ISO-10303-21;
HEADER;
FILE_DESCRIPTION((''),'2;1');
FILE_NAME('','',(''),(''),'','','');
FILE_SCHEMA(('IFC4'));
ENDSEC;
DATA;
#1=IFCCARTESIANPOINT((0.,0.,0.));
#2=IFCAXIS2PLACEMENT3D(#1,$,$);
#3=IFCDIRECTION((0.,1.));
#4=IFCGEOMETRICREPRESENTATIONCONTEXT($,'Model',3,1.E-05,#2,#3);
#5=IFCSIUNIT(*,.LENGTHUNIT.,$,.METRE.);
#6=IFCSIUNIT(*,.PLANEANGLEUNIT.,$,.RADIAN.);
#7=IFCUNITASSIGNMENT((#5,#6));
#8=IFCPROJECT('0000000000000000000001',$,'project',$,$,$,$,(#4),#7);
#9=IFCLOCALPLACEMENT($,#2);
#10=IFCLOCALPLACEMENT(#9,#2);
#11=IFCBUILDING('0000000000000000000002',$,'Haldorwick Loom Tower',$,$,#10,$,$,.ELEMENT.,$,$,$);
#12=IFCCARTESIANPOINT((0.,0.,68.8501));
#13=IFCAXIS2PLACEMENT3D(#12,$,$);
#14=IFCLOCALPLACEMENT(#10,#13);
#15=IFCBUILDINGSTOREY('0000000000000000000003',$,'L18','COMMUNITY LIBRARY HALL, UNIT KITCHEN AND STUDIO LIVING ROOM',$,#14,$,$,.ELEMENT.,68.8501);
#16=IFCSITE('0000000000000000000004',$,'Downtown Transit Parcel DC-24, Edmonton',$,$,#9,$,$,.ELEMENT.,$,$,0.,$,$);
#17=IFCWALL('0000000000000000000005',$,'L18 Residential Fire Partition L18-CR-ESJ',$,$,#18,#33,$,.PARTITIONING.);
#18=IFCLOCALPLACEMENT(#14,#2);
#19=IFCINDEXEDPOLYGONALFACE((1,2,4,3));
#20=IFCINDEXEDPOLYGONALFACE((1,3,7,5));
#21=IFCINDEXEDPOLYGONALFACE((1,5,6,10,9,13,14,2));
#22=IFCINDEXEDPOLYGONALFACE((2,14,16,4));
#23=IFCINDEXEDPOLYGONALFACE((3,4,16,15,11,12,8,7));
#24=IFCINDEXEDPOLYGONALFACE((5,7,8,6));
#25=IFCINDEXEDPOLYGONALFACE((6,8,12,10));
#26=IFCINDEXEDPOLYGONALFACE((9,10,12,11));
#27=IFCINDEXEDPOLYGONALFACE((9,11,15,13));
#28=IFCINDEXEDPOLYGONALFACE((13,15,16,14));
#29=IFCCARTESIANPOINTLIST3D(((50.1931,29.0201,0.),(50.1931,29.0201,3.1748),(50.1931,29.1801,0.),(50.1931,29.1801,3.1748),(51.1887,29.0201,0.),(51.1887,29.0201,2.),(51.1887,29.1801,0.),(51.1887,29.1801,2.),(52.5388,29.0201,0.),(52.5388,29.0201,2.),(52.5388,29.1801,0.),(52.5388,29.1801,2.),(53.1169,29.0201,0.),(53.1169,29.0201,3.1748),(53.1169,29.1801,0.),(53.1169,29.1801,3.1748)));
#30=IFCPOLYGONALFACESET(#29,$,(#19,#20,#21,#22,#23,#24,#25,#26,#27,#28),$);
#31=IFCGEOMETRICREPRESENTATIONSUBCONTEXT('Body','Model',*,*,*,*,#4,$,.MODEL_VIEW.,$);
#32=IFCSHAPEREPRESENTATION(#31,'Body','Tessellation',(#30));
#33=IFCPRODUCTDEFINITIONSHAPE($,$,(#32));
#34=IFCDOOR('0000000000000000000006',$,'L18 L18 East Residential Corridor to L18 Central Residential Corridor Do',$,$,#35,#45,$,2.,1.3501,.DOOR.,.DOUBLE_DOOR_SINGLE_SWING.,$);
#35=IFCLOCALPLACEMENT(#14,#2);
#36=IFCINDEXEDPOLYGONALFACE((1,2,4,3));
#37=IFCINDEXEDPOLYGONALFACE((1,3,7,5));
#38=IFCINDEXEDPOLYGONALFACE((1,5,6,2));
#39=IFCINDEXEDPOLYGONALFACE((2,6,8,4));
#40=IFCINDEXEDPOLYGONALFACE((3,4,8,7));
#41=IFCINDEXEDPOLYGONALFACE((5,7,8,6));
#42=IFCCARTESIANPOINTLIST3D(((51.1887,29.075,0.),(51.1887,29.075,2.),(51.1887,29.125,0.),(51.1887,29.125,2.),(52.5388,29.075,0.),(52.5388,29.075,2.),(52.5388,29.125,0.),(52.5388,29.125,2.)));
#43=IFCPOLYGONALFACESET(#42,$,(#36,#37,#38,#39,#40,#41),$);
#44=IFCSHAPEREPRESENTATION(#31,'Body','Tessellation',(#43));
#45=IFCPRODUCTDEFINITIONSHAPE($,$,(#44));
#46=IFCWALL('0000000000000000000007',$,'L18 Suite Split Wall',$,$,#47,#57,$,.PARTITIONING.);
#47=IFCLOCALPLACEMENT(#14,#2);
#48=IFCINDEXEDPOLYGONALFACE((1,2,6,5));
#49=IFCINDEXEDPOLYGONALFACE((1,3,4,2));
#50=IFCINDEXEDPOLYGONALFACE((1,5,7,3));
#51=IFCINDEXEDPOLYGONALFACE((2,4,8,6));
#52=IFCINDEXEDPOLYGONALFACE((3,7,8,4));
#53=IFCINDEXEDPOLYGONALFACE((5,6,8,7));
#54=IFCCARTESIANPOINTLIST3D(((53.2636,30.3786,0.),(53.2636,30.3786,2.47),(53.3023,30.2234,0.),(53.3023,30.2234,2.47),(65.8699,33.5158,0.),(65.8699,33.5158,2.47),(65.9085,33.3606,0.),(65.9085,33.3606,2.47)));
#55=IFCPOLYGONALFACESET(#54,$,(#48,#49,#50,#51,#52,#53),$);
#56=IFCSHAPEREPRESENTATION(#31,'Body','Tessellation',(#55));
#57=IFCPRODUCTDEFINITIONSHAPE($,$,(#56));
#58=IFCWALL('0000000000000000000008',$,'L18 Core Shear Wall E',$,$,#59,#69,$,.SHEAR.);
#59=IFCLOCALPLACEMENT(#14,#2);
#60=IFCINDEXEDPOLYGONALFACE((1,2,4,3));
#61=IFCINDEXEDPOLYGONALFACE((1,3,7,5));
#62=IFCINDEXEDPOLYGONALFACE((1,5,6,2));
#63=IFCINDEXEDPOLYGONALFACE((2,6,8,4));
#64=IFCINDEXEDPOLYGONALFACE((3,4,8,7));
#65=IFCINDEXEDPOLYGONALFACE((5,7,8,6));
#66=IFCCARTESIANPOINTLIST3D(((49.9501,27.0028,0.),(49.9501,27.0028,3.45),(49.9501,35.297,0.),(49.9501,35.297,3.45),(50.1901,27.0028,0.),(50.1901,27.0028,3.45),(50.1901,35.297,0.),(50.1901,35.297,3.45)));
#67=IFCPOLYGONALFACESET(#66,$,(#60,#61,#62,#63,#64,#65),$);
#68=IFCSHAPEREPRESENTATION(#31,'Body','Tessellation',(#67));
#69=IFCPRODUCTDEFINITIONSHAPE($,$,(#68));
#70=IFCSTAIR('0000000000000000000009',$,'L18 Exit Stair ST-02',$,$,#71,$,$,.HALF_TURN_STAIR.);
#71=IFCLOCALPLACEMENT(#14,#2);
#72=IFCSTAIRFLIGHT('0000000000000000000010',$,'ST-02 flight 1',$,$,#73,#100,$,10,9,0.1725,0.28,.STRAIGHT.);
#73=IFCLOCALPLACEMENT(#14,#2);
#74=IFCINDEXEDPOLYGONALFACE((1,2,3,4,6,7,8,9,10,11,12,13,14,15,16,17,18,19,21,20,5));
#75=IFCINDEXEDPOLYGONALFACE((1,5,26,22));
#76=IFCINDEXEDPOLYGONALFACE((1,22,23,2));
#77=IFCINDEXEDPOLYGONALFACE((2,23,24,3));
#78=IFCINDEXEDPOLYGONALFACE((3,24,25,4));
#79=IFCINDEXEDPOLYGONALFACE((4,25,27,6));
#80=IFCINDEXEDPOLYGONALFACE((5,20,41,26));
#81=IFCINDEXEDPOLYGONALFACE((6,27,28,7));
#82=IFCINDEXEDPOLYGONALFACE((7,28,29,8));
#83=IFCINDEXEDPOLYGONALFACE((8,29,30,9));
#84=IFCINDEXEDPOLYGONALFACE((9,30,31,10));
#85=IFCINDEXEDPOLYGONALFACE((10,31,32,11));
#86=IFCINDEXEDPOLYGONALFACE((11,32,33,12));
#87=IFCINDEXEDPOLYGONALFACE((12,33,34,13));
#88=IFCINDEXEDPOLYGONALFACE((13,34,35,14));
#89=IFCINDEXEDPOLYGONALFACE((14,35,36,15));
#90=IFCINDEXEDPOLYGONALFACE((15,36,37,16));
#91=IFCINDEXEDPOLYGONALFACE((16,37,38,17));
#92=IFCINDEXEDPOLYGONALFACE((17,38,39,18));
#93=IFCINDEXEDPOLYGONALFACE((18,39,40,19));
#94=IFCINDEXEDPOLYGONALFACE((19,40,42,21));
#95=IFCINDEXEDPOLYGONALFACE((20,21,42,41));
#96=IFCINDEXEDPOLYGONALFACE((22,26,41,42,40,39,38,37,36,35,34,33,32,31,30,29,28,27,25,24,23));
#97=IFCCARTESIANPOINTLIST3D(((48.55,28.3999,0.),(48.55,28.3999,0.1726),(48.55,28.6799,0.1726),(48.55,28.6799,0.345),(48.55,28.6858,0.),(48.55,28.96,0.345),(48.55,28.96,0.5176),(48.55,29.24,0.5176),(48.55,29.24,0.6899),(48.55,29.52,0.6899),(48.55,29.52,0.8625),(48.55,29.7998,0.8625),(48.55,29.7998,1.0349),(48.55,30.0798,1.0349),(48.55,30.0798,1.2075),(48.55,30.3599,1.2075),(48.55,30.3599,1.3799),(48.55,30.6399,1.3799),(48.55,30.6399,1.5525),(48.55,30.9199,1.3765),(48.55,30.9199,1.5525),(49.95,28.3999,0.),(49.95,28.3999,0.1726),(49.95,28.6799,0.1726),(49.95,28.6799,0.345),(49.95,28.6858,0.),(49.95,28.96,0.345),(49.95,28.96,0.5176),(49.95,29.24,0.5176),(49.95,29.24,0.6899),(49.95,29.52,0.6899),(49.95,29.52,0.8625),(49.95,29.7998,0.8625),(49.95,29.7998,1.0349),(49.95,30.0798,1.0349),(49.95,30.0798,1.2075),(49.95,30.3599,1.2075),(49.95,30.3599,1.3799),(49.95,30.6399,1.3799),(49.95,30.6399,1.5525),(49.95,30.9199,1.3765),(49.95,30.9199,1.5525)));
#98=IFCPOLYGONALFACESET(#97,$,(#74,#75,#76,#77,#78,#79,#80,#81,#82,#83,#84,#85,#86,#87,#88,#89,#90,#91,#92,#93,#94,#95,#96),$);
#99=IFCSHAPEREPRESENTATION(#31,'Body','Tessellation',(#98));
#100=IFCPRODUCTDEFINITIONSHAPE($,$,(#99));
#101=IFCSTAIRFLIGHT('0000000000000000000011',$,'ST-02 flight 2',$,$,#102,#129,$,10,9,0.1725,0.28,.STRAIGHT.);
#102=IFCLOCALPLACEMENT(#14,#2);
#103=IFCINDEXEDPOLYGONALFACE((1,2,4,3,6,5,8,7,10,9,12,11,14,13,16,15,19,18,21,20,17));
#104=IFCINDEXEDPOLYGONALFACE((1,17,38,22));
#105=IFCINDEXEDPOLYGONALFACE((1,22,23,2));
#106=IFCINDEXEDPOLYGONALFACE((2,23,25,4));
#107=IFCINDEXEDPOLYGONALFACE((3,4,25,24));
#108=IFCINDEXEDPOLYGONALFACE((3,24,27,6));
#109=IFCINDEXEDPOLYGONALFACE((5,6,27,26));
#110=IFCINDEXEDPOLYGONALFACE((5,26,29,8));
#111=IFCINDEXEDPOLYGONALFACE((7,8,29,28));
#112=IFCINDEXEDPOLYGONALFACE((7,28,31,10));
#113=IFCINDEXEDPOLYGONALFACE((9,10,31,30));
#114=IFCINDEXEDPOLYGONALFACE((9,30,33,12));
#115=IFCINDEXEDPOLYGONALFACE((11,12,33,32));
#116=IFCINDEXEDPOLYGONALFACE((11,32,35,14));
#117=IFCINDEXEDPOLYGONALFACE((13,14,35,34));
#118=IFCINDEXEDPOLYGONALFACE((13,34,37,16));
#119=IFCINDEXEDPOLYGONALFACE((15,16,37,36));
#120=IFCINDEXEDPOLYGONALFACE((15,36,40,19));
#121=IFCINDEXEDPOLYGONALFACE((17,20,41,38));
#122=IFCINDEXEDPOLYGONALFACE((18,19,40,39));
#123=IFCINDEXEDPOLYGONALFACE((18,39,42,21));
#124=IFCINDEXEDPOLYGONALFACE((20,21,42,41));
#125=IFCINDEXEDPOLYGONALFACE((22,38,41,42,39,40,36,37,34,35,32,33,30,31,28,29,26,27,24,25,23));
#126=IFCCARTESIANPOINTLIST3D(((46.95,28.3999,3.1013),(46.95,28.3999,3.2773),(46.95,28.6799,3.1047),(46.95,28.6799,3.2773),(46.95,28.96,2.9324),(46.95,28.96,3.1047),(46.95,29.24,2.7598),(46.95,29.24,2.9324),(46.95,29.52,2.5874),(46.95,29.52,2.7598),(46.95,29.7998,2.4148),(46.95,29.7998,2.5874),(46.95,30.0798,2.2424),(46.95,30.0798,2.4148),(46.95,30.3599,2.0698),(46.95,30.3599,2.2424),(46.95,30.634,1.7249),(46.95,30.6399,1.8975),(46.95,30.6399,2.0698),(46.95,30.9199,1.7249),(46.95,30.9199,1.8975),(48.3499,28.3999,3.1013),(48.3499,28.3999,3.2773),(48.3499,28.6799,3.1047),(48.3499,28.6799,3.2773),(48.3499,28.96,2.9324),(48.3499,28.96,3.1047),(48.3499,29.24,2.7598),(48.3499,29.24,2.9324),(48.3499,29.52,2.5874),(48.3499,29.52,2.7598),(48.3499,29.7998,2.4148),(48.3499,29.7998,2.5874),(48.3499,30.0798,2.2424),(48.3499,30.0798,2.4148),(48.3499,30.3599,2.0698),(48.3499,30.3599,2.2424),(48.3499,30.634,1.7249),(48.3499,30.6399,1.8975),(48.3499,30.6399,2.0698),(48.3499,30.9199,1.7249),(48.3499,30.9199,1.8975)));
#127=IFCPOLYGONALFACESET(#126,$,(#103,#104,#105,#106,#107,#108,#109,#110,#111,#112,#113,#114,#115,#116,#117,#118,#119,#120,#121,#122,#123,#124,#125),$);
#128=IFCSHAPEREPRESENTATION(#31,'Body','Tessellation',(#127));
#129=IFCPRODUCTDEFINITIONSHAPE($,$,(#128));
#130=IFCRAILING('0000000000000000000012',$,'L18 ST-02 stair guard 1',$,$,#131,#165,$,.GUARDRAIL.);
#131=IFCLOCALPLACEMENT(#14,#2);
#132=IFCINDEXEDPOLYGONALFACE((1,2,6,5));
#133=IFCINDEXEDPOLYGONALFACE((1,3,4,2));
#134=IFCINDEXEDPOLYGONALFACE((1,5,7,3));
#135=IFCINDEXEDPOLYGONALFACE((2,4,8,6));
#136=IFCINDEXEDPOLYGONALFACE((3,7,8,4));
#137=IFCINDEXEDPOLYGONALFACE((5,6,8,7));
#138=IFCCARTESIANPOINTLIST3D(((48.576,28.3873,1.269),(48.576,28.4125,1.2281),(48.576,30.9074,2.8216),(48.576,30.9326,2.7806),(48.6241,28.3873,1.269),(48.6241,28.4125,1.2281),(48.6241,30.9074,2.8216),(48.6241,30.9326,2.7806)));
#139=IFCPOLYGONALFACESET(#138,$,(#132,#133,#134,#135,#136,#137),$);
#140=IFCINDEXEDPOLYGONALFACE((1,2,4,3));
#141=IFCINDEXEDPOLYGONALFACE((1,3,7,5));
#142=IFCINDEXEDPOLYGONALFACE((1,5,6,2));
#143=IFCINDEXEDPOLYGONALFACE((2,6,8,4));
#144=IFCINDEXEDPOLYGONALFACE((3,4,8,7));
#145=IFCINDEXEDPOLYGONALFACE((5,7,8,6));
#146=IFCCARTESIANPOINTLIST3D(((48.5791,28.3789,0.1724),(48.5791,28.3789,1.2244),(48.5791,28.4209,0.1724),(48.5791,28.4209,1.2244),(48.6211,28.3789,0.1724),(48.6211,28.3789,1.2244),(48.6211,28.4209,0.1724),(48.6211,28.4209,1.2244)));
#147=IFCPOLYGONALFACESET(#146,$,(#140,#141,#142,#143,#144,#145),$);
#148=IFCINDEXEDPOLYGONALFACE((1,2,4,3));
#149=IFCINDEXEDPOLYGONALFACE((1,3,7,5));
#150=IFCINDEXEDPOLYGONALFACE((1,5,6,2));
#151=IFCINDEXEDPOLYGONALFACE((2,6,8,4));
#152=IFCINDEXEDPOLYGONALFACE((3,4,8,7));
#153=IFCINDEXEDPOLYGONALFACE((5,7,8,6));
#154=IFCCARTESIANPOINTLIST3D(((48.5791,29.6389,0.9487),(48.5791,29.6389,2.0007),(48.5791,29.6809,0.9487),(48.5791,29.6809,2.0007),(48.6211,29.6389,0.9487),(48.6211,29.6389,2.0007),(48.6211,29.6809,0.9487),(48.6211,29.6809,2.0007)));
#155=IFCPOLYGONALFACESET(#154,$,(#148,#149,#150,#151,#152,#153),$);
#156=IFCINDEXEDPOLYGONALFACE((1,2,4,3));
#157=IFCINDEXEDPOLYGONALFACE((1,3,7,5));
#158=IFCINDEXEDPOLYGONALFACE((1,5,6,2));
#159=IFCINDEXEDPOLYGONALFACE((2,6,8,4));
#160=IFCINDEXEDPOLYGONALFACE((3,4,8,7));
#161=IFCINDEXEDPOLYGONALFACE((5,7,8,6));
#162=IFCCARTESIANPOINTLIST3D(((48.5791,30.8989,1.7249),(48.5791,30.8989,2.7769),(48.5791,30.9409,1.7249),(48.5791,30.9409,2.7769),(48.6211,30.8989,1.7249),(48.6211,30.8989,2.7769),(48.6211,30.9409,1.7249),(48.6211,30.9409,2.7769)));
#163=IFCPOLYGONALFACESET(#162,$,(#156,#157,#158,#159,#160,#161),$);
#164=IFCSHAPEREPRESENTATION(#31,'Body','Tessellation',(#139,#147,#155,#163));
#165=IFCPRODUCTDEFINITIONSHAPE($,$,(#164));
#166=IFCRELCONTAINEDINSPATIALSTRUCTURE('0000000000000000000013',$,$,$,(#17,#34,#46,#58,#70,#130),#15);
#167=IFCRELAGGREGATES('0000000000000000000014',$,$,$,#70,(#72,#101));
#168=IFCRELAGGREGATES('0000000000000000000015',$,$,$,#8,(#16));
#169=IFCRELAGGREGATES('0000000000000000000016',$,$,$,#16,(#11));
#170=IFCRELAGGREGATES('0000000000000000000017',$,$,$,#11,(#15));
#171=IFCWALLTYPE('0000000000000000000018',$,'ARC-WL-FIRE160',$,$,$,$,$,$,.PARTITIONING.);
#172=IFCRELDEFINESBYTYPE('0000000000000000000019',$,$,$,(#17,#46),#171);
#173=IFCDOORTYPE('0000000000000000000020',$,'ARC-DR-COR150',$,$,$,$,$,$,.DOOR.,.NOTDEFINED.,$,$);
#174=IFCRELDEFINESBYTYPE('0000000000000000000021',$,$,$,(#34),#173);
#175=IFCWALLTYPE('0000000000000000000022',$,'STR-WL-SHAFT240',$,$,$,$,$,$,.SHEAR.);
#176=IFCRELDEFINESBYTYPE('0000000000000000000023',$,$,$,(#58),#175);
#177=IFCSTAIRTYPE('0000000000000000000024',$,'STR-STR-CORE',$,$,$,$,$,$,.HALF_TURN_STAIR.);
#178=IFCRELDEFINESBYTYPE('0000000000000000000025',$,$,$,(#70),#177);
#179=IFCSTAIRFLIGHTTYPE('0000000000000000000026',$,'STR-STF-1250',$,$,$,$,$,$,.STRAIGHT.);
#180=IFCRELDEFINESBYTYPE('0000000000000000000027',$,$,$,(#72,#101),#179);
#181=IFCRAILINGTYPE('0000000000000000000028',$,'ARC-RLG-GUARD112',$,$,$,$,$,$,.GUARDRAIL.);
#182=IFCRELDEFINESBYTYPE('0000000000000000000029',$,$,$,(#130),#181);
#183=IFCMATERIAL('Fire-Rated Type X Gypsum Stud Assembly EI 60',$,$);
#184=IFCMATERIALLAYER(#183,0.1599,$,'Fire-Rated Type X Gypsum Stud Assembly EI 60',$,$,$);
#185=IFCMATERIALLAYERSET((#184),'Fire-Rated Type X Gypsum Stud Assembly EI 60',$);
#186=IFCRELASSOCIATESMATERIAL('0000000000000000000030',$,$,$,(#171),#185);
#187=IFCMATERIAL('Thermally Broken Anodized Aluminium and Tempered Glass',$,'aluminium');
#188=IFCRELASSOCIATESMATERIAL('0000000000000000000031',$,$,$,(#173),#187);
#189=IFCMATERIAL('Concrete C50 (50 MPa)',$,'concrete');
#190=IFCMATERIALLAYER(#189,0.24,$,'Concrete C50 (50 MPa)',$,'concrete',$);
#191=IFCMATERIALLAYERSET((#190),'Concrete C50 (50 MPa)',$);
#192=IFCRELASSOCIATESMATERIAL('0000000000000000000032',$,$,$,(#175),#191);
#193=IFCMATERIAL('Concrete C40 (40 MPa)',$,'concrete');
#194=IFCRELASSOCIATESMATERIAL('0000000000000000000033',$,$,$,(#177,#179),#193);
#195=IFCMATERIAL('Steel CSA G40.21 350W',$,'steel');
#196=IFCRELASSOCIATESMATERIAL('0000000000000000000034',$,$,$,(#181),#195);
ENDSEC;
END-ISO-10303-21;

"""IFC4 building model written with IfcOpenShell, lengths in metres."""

from ifc_helpers import new_model, si_unit, direction, frame, frame_2d, origin, origin_2d, place, context, subcontext, project, spatial, polyline, rectangle, outline, extrude, material, layer, layer_set, type_object, element, fill, aggregate, save


model = new_model("IFC4")

# Units and contexts
model_context = context("Model", 3, precision=1e-05, world=origin(), true_north=direction((0.0, 1.0)))
body_context = subcontext(model_context, "Body", "Model", "MODEL_VIEW")
ifc_project = project(units=[si_unit("LENGTHUNIT", "METRE"), si_unit("PLANEANGLEUNIT", "RADIAN")], contexts=[model_context])

# Site, building, storey
site_placement = place(None, origin())
site = spatial("IfcSite", under=ifc_project, at=site_placement, Name="Downtown Transit Parcel DC-24, Edmonton", CompositionType="ELEMENT", RefElevation=0.0)
building_placement = place(site_placement, origin())
building = spatial("IfcBuilding", under=site, at=building_placement, Name="Haldorwick Loom Tower", CompositionType="ELEMENT")
storey_placement = place(building_placement, frame((0.0, 0.0, 68.8501)))
storey = spatial("IfcBuildingStorey", under=building, at=storey_placement, Name="L18", Description="COMMUNITY LIBRARY HALL, UNIT KITCHEN AND STUDIO LIVING ROOM", CompositionType="ELEMENT", Elevation=68.8501)

# Shared definitions
ifc_material_1 = material(Name="Steel CSA G40.21 350W", Category="steel")

# Wall, opening, door
ifc_material_2 = material(Name="Fire-Rated Type X Gypsum Stud Assembly EI 60")
ifc_layer_1 = layer(ifc_material_2, 0.1599, Name="Fire-Rated Type X Gypsum Stud Assembly EI 60")
ifc_layer_set_1 = layer_set([ifc_layer_1], Name="Fire-Rated Type X Gypsum Stud Assembly EI 60")
wall_type_1 = type_object("IfcWallType", Name="ARC-WL-FIRE160", PredefinedType="PARTITIONING", material=ifc_layer_set_1)
wall_1_placement = place(storey_placement, frame((50.1931, 29.1001, 0.0), z_axis=(0.0, 0.0, 1.0), x_axis=(1.0, 0.0, 0.0)))
wall_1 = element("IfcWall", 1, at=wall_1_placement, inside=storey, type_object=wall_type_1, Name="L18 Residential Fire Partition L18-CR-ESJ", PredefinedType="PARTITIONING", context=body_context, shape_type="SweptSolid", body=[
    extrude(rectangle(XDim=2.9238, YDim=0.1599, at=frame_2d((1.4619, 0.0))), origin(), (0.0, 0.0, 1.0), 3.1748),
])
opening_1_placement = place(wall_1_placement, frame((0.9956, 0.0, 0.0)))
opening_1 = element("IfcOpeningElement", 2, at=opening_1_placement, cuts=wall_1, PredefinedType="OPENING", context=body_context, shape_type="SweptSolid", body=[
    extrude(rectangle(XDim=1.3501, YDim=2.0, at=frame_2d((0.675, 1.0))), frame((0.0, 0.0898, 0.0), z_axis=(0.0, -1.0, 0.0), x_axis=(1.0, 0.0, 0.0)), (0.0, 0.0, 1.0), 0.1799),
])
ifc_material_3 = material(Name="Thermally Broken Anodized Aluminium and Tempered Glass", Category="aluminium")
door_type_1 = type_object("IfcDoorType", Name="ARC-DR-COR150", OperationType="NOTDEFINED", PredefinedType="DOOR", material=ifc_material_3)
door_1_placement = place(opening_1_placement, origin())
door_1 = element("IfcDoor", 3, at=door_1_placement, inside=storey, type_object=door_type_1, Name="L18 L18 East Residential Corridor to L18 Central Residential Corridor Do", OperationType="DOUBLE_DOOR_SINGLE_SWING", OverallHeight=2.0, OverallWidth=1.3501, PredefinedType="DOOR", context=body_context, shape_type="SweptSolid", body=[
    extrude(rectangle(XDim=1.3501, YDim=2.0, at=frame_2d((0.675, 1.0))), frame((0.0, 0.0249, 0.0), z_axis=(0.0, -1.0, 0.0), x_axis=(1.0, 0.0, 0.0)), (0.0, 0.0, 1.0), 0.05),
])
fill(opening_1, door_1)

# Walls
wall_2_placement = place(storey_placement, frame((53.283, 30.301, 0.0), z_axis=(0.0, 0.0, 1.0), x_axis=(0.970402, 0.241496, 0.0)))
element("IfcWall", 4, at=wall_2_placement, inside=storey, type_object=wall_type_1, Name="L18 Suite Split Wall", PredefinedType="PARTITIONING", context=body_context, shape_type="SweptSolid", body=[
    extrude(rectangle(XDim=12.9907, YDim=0.1599, at=frame_2d((6.4954, 0.0))), origin(), (0.0, 0.0, 1.0), 2.47),
])
ifc_material_4 = material(Name="Concrete C50 (50 MPa)", Category="concrete")
ifc_layer_2 = layer(ifc_material_4, 0.24, Name="Concrete C50 (50 MPa)", Category="concrete")
ifc_layer_set_2 = layer_set([ifc_layer_2], Name="Concrete C50 (50 MPa)")
wall_type_2 = type_object("IfcWallType", Name="STR-WL-SHAFT240", PredefinedType="SHEAR", material=ifc_layer_set_2)
wall_3_placement = place(storey_placement, frame((50.0701, 27.0029, 0.0), z_axis=(0.0, 0.0, 1.0), x_axis=(0.0, 1.0, 0.0)))
element("IfcWall", 5, at=wall_3_placement, inside=storey, type_object=wall_type_2, Name="L18 Core Shear Wall E", PredefinedType="SHEAR", context=body_context, shape_type="SweptSolid", body=[
    extrude(rectangle(XDim=8.2942, YDim=0.24, at=frame_2d((4.147, 0.0))), origin(), (0.0, 0.0, 1.0), 3.45),
])

# Stair, stair flights
ifc_material_5 = material(Name="Concrete C40 (40 MPa)", Category="concrete")
stair_type = type_object("IfcStairType", Name="STR-STR-CORE", PredefinedType="HALF_TURN_STAIR", material=ifc_material_5)
stair_placement = place(storey_placement, origin())
stair = element("IfcStair", 6, at=stair_placement, inside=storey, type_object=stair_type, Name="L18 Exit Stair ST-02", PredefinedType="HALF_TURN_STAIR")
stair_flight_type = type_object("IfcStairFlightType", Name="STR-STF-1250", PredefinedType="STRAIGHT", material=ifc_material_5)
stair_flight_1_placement = place(storey_placement, frame((49.25, 28.3999, 0.0), z_axis=(0.0, 0.0, 1.0), x_axis=(0.0, 1.0, 0.0)))
stair_flight_1 = element("IfcStairFlight", 7, at=stair_flight_1_placement, type_object=stair_flight_type, Name="ST-02 flight 1", NumberOfRisers=10, NumberOfTreads=9, PredefinedType="STRAIGHT", RiserHeight=0.1725, TreadLength=0.28, context=body_context, shape_type="SweptSolid", body=[
    extrude(outline(polyline([(0.0, 0.0), (0.0, 0.1726), (0.28, 0.1726), (0.28, 0.345), (0.5601, 0.345), (0.5601, 0.5176), (0.8401, 0.5176), (0.8401, 0.6899), (1.1201, 0.6899), (1.1201, 0.8625), (1.3999, 0.8625), (1.3999, 1.0349), (1.6799, 1.0349), (1.6799, 1.2075), (1.96, 1.2075), (1.96, 1.3799), (2.24, 1.3799), (2.24, 1.5525), (2.52, 1.5525), (2.52, 1.7251), (2.52, 1.3765), (0.2859, 0.0), (0.0, 0.0)])), frame((0.0, 0.7, 0.0), z_axis=(0.0, -1.0, 0.0), x_axis=(1.0, 0.0, 0.0)), (0.0, 0.0, 1.0), 1.3999),
])
stair_flight_2_placement = place(storey_placement, frame((47.6499, 30.9199, 1.7249), z_axis=(0.0, 0.0, 1.0), x_axis=(0.0, -1.0, 0.0)))
stair_flight_2 = element("IfcStairFlight", 8, at=stair_flight_2_placement, type_object=stair_flight_type, Name="ST-02 flight 2", NumberOfRisers=10, NumberOfTreads=9, PredefinedType="STRAIGHT", RiserHeight=0.1725, TreadLength=0.28, context=body_context, shape_type="SweptSolid", body=[
    extrude(outline(polyline([(0.0, 0.0), (0.0, 0.1726), (0.28, 0.1726), (0.28, 0.345), (0.5601, 0.345), (0.5601, 0.5176), (0.8401, 0.5176), (0.8401, 0.6899), (1.1201, 0.6899), (1.1201, 0.8625), (1.3999, 0.8625), (1.3999, 1.0349), (1.6799, 1.0349), (1.6799, 1.2075), (1.96, 1.2075), (1.96, 1.3799), (2.24, 1.3799), (2.24, 1.5525), (2.52, 1.5525), (2.52, 1.7251), (2.52, 1.3765), (0.2859, 0.0), (0.0, 0.0)])), frame((0.0, 0.7, 0.0), z_axis=(0.0, -1.0, 0.0), x_axis=(1.0, 0.0, 0.0)), (0.0, 0.0, 1.0), 1.3999),
])
aggregate(stair, [stair_flight_1, stair_flight_2])

# Railing
railing_type_1 = type_object("IfcRailingType", Name="ARC-RLG-GUARD112", PredefinedType="GUARDRAIL", material=ifc_material_1)
railing_1_placement = place(storey_placement, frame((48.6001, 28.3999, 0.1724)))
element("IfcRailing", 9, at=railing_1_placement, inside=storey, type_object=railing_type_1, Name="L18 ST-02 stair guard 1", PredefinedType="GUARDRAIL", context=body_context, shape_type="SweptSolid", body=[
    extrude(rectangle(XDim=0.0481, YDim=0.0481, at=origin_2d()), frame((0.0, 0.0, 1.0762), z_axis=(0.0, 0.8514, 0.524516), x_axis=(-1.0, 0.0, 0.0)), (0.0, 0.0, 1.0), 2.96),
    extrude(rectangle(XDim=0.042, YDim=0.042, at=origin_2d()), origin(), (0.0, 0.0, 1.0), 1.052),
    extrude(rectangle(XDim=0.042, YDim=0.042, at=origin_2d()), frame((0.0, 1.26, 0.7764)), (0.0, 0.0, 1.0), 1.052),
    extrude(rectangle(XDim=0.042, YDim=0.042, at=origin_2d()), frame((0.0, 2.52, 1.5525)), (0.0, 0.0, 1.0), 1.052),
])

save(model, "model.ifc")
